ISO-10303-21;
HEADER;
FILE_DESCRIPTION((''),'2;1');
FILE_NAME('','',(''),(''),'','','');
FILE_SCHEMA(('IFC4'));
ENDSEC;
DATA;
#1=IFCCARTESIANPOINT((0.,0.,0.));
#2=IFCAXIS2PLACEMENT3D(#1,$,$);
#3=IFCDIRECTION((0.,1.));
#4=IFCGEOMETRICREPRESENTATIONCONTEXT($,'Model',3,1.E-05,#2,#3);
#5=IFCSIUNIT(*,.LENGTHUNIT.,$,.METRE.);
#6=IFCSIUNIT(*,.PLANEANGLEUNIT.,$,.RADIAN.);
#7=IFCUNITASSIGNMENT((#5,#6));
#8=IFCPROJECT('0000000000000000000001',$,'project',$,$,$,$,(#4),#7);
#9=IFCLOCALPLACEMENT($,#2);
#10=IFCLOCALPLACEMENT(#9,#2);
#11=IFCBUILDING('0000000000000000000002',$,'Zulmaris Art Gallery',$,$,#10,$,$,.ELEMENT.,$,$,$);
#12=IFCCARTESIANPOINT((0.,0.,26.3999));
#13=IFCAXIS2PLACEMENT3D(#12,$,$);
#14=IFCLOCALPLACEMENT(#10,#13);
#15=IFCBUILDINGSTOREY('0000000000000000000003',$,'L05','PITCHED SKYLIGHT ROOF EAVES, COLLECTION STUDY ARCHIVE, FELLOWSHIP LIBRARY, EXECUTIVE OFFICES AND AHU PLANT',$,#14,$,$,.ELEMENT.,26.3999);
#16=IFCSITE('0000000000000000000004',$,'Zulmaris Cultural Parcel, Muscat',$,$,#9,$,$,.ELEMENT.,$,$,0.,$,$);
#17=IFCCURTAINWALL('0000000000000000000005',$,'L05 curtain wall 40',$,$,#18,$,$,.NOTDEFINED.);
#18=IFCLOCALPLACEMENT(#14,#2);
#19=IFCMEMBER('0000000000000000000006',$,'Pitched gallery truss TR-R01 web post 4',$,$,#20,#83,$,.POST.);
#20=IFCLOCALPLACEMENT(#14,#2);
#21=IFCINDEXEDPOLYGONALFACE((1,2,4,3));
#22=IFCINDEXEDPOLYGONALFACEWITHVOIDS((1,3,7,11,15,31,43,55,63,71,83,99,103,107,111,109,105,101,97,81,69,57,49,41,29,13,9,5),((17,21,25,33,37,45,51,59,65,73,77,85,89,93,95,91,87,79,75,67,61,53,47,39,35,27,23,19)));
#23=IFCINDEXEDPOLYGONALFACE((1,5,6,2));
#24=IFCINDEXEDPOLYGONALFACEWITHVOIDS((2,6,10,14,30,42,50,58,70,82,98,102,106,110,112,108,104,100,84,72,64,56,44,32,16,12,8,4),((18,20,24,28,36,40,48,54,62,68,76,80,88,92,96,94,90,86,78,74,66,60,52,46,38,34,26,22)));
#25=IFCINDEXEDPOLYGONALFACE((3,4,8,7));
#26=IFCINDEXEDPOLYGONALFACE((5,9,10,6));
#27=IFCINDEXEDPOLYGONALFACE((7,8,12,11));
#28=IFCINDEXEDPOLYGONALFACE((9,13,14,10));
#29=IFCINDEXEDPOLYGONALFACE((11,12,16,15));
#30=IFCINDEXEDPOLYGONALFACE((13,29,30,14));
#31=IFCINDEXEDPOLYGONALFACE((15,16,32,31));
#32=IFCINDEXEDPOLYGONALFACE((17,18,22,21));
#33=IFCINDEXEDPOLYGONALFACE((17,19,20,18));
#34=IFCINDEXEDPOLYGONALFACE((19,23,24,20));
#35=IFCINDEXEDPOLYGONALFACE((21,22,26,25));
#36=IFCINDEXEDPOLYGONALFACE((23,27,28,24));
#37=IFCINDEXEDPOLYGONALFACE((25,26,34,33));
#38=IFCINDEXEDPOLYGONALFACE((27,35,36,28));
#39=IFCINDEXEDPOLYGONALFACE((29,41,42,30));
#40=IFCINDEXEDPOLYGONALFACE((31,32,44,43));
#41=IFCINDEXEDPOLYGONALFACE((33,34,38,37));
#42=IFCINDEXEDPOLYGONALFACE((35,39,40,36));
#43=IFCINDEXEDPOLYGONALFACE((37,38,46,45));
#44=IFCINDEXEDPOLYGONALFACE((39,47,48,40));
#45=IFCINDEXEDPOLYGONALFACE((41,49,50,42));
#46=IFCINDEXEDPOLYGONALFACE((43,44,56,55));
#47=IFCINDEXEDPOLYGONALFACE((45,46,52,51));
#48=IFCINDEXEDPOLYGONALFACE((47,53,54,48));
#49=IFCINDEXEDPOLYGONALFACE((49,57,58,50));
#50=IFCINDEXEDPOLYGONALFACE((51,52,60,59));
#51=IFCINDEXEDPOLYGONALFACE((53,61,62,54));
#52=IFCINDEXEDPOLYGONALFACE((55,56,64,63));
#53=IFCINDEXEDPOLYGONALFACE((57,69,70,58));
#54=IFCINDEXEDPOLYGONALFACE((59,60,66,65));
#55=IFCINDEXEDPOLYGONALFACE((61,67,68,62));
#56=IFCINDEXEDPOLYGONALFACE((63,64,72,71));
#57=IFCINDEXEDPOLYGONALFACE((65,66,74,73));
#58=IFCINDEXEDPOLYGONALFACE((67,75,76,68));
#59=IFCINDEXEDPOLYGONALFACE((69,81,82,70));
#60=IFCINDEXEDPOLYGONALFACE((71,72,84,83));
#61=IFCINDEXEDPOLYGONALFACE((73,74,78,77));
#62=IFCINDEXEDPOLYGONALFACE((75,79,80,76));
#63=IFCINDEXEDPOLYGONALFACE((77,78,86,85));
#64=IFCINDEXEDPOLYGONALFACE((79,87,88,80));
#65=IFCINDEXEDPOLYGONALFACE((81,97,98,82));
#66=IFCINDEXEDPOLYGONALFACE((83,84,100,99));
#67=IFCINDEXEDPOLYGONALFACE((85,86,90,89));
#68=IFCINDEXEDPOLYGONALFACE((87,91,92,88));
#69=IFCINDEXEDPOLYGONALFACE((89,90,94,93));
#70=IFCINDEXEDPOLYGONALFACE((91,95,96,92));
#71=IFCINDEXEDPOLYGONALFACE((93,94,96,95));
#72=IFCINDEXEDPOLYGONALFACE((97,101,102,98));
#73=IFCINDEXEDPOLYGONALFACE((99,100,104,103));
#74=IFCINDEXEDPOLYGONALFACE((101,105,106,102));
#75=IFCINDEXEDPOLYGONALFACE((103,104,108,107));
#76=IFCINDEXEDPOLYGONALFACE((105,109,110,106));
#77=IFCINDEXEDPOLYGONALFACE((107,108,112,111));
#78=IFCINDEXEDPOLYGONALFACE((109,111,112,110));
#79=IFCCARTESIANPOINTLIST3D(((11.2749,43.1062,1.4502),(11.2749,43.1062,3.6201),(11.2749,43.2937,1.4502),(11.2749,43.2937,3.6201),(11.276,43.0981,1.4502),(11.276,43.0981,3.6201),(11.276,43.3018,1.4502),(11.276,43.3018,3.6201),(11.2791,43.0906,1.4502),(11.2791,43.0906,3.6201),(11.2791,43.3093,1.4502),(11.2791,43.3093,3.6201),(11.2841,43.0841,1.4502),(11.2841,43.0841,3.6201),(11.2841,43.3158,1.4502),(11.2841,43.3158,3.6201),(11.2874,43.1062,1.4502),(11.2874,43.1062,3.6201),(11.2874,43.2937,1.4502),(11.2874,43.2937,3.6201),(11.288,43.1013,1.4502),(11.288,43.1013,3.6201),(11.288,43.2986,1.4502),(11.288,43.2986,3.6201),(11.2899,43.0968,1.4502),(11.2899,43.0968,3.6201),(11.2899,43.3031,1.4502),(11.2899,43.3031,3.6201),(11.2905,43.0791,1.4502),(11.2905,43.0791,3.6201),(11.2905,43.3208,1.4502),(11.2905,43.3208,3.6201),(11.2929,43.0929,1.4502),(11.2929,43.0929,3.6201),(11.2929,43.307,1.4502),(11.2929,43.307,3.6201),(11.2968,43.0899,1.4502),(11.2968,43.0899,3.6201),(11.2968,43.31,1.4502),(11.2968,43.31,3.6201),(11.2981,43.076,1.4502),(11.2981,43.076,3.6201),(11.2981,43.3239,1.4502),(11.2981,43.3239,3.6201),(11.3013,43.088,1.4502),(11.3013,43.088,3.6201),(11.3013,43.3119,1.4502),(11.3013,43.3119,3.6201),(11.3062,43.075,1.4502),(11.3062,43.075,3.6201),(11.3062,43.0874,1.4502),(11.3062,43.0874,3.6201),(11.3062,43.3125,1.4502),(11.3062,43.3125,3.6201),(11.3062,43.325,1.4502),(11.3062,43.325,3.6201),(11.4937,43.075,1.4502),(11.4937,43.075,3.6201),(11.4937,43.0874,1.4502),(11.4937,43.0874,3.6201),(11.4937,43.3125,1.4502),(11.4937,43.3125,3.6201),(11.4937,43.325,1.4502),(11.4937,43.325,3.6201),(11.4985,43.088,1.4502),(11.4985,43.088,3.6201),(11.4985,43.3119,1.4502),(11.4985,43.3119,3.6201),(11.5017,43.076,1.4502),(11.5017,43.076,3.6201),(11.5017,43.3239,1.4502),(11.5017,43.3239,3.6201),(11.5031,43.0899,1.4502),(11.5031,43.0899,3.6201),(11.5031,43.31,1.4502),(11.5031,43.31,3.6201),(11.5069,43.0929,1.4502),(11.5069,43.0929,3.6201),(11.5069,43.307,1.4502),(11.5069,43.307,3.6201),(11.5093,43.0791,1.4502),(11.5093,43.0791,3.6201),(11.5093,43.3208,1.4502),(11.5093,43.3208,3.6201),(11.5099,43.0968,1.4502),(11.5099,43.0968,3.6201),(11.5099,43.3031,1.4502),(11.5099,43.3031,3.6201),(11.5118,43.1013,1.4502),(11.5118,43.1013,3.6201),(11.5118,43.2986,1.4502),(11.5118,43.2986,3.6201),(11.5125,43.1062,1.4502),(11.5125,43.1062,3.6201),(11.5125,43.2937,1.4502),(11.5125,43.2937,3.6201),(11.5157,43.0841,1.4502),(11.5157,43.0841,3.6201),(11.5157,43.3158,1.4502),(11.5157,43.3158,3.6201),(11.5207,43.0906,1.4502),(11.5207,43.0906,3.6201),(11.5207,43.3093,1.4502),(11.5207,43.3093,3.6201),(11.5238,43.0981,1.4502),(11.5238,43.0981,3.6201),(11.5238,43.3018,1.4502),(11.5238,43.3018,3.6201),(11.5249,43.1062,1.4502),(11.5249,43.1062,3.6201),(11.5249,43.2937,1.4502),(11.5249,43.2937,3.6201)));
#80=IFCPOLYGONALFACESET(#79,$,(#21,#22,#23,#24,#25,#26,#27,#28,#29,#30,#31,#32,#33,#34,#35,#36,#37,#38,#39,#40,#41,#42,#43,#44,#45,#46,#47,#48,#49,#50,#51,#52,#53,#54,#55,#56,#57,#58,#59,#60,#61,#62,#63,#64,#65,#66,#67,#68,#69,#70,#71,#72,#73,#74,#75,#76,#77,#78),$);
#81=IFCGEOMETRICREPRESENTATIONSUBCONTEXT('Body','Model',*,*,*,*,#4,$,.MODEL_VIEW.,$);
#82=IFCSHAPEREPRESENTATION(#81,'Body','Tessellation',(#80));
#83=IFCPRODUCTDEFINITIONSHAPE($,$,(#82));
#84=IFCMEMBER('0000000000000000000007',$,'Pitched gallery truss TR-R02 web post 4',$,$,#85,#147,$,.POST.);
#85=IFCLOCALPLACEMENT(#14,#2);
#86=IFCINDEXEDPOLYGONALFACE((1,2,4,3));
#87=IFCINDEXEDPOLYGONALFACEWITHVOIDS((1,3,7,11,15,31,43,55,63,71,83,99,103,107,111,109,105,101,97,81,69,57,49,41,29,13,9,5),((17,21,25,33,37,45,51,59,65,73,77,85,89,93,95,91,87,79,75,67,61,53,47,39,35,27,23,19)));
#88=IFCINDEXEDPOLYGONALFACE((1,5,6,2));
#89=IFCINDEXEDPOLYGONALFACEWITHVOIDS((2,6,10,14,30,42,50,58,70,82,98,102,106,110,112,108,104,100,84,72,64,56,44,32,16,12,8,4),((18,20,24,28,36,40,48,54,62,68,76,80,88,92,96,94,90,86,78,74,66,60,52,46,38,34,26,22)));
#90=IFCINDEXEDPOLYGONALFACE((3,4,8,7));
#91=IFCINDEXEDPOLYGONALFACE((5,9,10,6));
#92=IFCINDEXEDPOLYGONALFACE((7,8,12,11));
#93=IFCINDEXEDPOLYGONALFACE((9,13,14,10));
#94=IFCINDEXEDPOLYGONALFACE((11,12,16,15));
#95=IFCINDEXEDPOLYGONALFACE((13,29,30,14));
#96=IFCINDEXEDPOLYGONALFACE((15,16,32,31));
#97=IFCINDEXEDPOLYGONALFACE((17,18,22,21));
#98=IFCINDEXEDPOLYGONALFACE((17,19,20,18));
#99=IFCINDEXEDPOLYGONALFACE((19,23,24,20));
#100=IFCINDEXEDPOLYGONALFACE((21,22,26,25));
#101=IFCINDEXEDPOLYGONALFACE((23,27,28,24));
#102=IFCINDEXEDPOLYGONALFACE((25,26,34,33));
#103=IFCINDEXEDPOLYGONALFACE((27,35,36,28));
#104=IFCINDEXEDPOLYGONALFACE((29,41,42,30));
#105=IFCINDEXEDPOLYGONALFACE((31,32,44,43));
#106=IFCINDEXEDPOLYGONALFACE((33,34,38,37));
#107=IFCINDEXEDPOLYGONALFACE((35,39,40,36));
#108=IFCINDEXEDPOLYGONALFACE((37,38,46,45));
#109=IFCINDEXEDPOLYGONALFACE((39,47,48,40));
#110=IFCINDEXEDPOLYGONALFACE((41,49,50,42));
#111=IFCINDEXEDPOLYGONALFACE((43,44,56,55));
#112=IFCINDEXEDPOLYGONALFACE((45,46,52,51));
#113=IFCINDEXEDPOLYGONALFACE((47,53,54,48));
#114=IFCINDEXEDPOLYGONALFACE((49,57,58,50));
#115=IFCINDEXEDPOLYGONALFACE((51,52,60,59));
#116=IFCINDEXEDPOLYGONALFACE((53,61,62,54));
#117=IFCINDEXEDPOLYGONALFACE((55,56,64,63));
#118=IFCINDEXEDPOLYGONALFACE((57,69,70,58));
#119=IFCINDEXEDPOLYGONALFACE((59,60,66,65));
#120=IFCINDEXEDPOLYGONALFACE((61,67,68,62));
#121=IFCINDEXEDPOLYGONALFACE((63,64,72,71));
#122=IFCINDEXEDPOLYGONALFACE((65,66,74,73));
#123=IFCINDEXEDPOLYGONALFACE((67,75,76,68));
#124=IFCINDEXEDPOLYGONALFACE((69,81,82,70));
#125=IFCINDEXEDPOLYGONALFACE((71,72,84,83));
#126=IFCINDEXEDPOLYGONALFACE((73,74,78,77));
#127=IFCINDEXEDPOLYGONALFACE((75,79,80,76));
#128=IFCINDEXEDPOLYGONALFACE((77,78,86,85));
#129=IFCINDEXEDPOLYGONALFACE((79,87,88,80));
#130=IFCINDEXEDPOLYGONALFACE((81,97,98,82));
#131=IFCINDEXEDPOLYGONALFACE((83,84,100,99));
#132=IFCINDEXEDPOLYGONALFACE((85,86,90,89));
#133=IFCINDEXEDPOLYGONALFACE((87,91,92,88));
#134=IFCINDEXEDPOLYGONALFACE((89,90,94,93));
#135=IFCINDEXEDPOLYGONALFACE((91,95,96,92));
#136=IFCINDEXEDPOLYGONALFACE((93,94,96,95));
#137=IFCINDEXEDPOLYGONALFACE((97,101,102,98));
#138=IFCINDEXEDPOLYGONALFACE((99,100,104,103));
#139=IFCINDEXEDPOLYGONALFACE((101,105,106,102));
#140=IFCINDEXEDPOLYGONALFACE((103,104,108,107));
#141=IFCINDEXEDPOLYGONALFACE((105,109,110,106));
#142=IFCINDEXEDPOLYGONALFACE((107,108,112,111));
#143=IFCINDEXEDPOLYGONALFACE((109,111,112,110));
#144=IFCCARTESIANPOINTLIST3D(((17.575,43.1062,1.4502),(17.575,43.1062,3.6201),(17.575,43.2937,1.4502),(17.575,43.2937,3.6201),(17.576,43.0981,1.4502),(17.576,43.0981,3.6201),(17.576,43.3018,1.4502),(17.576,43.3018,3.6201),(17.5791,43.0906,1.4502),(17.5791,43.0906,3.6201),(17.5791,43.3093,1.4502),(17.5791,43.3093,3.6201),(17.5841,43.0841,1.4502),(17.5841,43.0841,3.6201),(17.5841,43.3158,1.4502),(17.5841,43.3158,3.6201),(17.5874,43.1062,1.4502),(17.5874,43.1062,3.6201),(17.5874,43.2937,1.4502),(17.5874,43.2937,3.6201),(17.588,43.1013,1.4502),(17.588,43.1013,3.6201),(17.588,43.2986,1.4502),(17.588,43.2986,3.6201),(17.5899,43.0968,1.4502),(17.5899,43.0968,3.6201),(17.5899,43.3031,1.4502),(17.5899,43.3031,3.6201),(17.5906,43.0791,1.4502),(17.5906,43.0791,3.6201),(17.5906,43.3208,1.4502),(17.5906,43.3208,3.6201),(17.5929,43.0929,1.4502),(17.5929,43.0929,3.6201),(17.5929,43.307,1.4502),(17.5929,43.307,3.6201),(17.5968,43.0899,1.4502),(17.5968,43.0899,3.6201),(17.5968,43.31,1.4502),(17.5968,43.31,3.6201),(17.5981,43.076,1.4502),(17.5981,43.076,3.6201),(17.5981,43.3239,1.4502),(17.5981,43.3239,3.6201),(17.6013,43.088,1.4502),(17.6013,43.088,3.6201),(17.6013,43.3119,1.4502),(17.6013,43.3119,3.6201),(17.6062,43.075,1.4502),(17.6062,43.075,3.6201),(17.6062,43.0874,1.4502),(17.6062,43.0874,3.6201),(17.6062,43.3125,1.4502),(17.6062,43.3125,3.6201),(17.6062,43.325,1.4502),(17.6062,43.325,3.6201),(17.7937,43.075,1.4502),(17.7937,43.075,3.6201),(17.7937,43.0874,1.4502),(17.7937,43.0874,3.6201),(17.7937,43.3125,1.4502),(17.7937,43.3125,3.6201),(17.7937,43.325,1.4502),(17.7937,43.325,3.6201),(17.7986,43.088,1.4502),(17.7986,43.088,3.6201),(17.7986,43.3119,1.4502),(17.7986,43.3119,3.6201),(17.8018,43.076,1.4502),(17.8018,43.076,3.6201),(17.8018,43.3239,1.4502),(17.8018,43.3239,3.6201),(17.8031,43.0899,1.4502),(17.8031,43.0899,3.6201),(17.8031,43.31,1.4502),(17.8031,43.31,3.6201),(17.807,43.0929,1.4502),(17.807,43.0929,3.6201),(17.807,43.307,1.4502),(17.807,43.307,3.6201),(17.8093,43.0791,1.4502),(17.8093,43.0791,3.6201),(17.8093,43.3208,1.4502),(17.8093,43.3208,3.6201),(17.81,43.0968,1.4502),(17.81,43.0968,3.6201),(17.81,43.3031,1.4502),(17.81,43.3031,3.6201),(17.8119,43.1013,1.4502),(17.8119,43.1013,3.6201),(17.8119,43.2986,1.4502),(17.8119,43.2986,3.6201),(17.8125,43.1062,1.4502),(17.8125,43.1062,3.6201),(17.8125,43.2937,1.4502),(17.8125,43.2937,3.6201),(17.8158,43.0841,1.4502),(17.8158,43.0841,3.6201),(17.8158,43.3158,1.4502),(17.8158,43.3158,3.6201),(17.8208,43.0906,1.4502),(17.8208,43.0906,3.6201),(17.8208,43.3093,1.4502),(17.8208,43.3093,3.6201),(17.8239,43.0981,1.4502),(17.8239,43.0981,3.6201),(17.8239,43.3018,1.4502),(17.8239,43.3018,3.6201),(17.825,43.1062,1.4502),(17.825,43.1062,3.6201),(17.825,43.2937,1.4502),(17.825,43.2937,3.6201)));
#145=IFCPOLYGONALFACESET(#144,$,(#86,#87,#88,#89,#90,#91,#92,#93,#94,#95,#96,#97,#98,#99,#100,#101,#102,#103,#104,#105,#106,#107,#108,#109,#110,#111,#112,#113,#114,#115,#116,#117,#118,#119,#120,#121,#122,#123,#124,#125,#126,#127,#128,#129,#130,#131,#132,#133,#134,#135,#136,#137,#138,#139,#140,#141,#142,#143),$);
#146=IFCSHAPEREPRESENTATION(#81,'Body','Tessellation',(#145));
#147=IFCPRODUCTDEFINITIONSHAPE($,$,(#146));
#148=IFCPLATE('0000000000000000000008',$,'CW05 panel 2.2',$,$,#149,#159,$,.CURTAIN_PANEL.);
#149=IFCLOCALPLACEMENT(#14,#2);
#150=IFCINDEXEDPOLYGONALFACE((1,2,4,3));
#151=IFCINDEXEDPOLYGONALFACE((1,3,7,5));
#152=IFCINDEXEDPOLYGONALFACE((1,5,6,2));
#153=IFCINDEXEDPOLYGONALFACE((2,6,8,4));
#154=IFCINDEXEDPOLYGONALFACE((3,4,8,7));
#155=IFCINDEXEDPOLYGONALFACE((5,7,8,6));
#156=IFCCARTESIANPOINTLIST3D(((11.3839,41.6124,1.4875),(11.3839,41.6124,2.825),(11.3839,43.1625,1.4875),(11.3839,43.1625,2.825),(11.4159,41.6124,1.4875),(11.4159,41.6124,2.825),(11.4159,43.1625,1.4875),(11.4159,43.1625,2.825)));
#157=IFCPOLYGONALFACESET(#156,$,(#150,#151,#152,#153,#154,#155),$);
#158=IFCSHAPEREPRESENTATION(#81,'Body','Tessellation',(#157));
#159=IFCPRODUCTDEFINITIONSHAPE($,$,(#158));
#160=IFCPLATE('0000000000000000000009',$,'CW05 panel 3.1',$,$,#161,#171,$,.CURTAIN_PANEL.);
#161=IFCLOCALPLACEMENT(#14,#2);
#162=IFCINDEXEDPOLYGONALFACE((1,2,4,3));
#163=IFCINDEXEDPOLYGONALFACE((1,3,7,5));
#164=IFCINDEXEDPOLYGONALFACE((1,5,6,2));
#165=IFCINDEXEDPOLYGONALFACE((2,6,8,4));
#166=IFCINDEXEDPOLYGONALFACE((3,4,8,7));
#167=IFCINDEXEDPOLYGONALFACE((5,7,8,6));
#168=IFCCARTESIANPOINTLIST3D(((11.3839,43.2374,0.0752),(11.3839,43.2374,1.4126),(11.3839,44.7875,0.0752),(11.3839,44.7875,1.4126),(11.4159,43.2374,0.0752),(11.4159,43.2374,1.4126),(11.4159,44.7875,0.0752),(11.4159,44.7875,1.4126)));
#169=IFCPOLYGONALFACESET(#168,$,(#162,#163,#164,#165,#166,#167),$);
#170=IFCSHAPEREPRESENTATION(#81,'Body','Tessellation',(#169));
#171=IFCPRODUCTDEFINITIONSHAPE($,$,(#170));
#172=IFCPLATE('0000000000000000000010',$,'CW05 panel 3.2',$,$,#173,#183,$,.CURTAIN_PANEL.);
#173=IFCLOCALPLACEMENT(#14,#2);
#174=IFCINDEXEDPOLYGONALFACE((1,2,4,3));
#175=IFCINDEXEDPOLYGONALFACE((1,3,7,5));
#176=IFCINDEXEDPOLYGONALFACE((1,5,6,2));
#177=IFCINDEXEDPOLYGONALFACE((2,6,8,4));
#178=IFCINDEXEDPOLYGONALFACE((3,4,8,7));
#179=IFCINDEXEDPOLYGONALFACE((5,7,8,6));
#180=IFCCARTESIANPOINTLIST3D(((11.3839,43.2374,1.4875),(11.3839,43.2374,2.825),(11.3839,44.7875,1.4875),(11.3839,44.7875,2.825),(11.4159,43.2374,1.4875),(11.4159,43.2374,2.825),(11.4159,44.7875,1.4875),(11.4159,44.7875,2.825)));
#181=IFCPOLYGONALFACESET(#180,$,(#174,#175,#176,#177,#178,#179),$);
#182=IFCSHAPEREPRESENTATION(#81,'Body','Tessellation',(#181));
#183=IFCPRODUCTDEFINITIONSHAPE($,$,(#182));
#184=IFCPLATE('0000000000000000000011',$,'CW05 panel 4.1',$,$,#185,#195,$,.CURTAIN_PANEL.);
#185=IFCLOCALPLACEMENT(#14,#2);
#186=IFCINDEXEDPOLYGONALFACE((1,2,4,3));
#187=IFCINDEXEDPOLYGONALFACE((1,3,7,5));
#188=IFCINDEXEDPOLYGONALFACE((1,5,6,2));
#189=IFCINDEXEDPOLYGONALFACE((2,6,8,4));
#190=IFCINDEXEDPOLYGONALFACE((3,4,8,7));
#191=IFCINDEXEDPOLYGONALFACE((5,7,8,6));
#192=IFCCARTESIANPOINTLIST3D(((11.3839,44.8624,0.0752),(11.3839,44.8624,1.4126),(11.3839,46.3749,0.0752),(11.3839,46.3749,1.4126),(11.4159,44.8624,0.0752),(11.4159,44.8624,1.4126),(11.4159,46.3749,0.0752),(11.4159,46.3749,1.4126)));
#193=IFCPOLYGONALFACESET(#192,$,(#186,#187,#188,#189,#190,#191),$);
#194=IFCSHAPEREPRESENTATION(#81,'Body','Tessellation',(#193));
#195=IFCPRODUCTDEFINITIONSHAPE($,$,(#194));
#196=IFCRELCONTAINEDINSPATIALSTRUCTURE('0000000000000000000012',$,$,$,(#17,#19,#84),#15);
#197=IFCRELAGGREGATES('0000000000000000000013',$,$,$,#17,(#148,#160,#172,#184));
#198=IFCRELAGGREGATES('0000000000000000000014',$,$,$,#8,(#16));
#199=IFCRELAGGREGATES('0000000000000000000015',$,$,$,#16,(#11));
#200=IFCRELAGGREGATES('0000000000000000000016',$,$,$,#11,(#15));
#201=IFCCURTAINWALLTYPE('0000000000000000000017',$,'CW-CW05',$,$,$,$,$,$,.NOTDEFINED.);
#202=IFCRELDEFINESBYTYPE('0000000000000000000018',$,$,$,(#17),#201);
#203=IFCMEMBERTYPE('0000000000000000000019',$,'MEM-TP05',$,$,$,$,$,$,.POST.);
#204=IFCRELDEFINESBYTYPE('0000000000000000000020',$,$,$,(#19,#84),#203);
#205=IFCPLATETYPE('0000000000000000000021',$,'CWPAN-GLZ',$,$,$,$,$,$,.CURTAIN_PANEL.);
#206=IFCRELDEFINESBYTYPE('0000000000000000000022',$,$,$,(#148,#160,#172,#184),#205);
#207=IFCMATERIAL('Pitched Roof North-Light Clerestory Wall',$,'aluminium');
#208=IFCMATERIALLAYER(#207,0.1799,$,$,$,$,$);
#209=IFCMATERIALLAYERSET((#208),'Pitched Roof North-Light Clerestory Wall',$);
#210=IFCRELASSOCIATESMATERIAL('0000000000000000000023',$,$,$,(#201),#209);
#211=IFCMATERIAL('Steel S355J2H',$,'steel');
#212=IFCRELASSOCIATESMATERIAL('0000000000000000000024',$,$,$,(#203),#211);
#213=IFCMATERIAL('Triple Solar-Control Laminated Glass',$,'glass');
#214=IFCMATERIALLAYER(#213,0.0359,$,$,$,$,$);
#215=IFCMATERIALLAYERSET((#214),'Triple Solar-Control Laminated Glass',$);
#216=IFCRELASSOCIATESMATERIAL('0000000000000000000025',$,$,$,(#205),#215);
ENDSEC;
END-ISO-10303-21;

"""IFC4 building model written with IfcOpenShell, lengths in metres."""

from ifc_helpers import new_model, si_unit, direction, frame, origin, origin_2d, place, context, subcontext, project, spatial, rectangle, hollow_rectangle, extrude, material, layer, layer_set, material_profile, profile_set, type_object, element, aggregate, save


model = new_model("IFC4")

# Units and contexts
model_context = context("Model", 3, precision=1e-05, world=origin(), true_north=direction((0.0, 1.0)))
body_context = subcontext(model_context, "Body", "Model", "MODEL_VIEW")
ifc_project = project(units=[si_unit("LENGTHUNIT", "METRE"), si_unit("PLANEANGLEUNIT", "RADIAN")], contexts=[model_context])

# Site, building, storey
site_placement = place(None, origin())
site = spatial("IfcSite", under=ifc_project, at=site_placement, Name="Zulmaris Cultural Parcel, Muscat", CompositionType="ELEMENT", RefElevation=0.0)
building_placement = place(site_placement, origin())
building = spatial("IfcBuilding", under=site, at=building_placement, Name="Zulmaris Art Gallery", CompositionType="ELEMENT")
storey_placement = place(building_placement, frame((0.0, 0.0, 26.3999)))
storey = spatial("IfcBuildingStorey", under=building, at=storey_placement, Name="L05", Description="PITCHED SKYLIGHT ROOF EAVES, COLLECTION STUDY ARCHIVE, FELLOWSHIP LIBRARY, EXECUTIVE OFFICES AND AHU PLANT", CompositionType="ELEMENT", Elevation=26.3999)

# Curtain wall
ifc_material_1 = material(Name="Pitched Roof North-Light Clerestory Wall", Category="aluminium")
ifc_layer_1 = layer(ifc_material_1, 0.1799)
ifc_layer_set_1 = layer_set([ifc_layer_1], Name="Pitched Roof North-Light Clerestory Wall")
curtain_wall_type = type_object("IfcCurtainWallType", Name="CW-CW05", PredefinedType="NOTDEFINED", material=ifc_layer_set_1)
curtain_wall_placement = place(storey_placement, origin())
curtain_wall = element("IfcCurtainWall", 1, at=curtain_wall_placement, inside=storey, type_object=curtain_wall_type, Name="L05 curtain wall 40", PredefinedType="NOTDEFINED")

# Members
ifc_material_2 = material(Name="Steel S355J2H", Category="steel")
ifc_material_profile_1 = material_profile(ifc_material_2, hollow_rectangle(XDim=0.25, YDim=0.25, WallThickness=0.0125, InnerFilletRadius=0.0188, OuterFilletRadius=0.0312, at=origin_2d()), Name="SHS 250x250x12.5")
ifc_profile_set_1 = profile_set([ifc_material_profile_1], Name="Steel S355J2H")
member_type_1 = type_object("IfcMemberType", Name="MEM-TP05", PredefinedType="POST", material=ifc_profile_set_1)
for number, where, z_axis, x_axis, name in (
    (2, (11.3999, 43.2, 1.4502), (0.0, 0.0, 1.0), (1.0, 0.0, 0.0), "Pitched gallery truss TR-R01 web post 4"),
    (3, (17.7, 43.2, 1.4502), (0.0, 0.0, 1.0), (1.0, 0.0, 0.0), "Pitched gallery truss TR-R02 web post 4"),
):
    element("IfcMember", number, at=place(storey_placement, frame(where, z_axis=z_axis, x_axis=x_axis)), inside=storey, type_object=member_type_1, Name=name, PredefinedType="POST", context=body_context, shape_type="SweptSolid", body=[
        extrude(hollow_rectangle(XDim=0.25, YDim=0.25, WallThickness=0.0125, InnerFilletRadius=0.0188, OuterFilletRadius=0.0312, at=origin_2d()), origin(), (0.0, 0.0, 1.0), 2.1699),
    ])

# Plates
ifc_material_3 = material(Name="Triple Solar-Control Laminated Glass", Category="glass")
ifc_layer_2 = layer(ifc_material_3, 0.0359)
ifc_layer_set_2 = layer_set([ifc_layer_2], Name="Triple Solar-Control Laminated Glass")
plate_type_1 = type_object("IfcPlateType", Name="CWPAN-GLZ", PredefinedType="CURTAIN_PANEL", material=ifc_layer_set_2)
plate_1_placement = place(storey_placement, frame((11.3999, 42.3875, 1.4875), z_axis=(0.0, 0.0, 1.0), x_axis=(0.0, 1.0, 0.0)))
plate_1 = element("IfcPlate", 4, at=plate_1_placement, type_object=plate_type_1, Name="CW05 panel 2.2", PredefinedType="CURTAIN_PANEL", context=body_context, shape_type="SweptSolid", body=[
    extrude(rectangle(XDim=1.55, YDim=0.032, at=origin_2d()), origin(), (0.0, 0.0, 1.0), 1.3374),
])
plate_2_placement = place(storey_placement, frame((11.3999, 44.0125, 0.0752), z_axis=(0.0, 0.0, 1.0), x_axis=(0.0, 1.0, 0.0)))
plate_2 = element("IfcPlate", 5, at=plate_2_placement, type_object=plate_type_1, Name="CW05 panel 3.1", PredefinedType="CURTAIN_PANEL", context=body_context, shape_type="SweptSolid", body=[
    extrude(rectangle(XDim=1.55, YDim=0.032, at=origin_2d()), origin(), (0.0, 0.0, 1.0), 1.3374),
])
plate_3_placement = place(storey_placement, frame((11.3999, 44.0125, 1.4875), z_axis=(0.0, 0.0, 1.0), x_axis=(0.0, 1.0, 0.0)))
plate_3 = element("IfcPlate", 6, at=plate_3_placement, type_object=plate_type_1, Name="CW05 panel 3.2", PredefinedType="CURTAIN_PANEL", context=body_context, shape_type="SweptSolid", body=[
    extrude(rectangle(XDim=1.55, YDim=0.032, at=origin_2d()), origin(), (0.0, 0.0, 1.0), 1.3374),
])
plate_4_placement = place(storey_placement, frame((11.3999, 45.6187, 0.0752), z_axis=(0.0, 0.0, 1.0), x_axis=(0.0, 1.0, 0.0)))
plate_4 = element("IfcPlate", 7, at=plate_4_placement, type_object=plate_type_1, Name="CW05 panel 4.1", PredefinedType="CURTAIN_PANEL", context=body_context, shape_type="SweptSolid", body=[
    extrude(rectangle(XDim=1.5125, YDim=0.032, at=origin_2d()), origin(), (0.0, 0.0, 1.0), 1.3374),
])
aggregate(curtain_wall, [plate_1, plate_2, plate_3, plate_4])

save(model, "model.ifc")
